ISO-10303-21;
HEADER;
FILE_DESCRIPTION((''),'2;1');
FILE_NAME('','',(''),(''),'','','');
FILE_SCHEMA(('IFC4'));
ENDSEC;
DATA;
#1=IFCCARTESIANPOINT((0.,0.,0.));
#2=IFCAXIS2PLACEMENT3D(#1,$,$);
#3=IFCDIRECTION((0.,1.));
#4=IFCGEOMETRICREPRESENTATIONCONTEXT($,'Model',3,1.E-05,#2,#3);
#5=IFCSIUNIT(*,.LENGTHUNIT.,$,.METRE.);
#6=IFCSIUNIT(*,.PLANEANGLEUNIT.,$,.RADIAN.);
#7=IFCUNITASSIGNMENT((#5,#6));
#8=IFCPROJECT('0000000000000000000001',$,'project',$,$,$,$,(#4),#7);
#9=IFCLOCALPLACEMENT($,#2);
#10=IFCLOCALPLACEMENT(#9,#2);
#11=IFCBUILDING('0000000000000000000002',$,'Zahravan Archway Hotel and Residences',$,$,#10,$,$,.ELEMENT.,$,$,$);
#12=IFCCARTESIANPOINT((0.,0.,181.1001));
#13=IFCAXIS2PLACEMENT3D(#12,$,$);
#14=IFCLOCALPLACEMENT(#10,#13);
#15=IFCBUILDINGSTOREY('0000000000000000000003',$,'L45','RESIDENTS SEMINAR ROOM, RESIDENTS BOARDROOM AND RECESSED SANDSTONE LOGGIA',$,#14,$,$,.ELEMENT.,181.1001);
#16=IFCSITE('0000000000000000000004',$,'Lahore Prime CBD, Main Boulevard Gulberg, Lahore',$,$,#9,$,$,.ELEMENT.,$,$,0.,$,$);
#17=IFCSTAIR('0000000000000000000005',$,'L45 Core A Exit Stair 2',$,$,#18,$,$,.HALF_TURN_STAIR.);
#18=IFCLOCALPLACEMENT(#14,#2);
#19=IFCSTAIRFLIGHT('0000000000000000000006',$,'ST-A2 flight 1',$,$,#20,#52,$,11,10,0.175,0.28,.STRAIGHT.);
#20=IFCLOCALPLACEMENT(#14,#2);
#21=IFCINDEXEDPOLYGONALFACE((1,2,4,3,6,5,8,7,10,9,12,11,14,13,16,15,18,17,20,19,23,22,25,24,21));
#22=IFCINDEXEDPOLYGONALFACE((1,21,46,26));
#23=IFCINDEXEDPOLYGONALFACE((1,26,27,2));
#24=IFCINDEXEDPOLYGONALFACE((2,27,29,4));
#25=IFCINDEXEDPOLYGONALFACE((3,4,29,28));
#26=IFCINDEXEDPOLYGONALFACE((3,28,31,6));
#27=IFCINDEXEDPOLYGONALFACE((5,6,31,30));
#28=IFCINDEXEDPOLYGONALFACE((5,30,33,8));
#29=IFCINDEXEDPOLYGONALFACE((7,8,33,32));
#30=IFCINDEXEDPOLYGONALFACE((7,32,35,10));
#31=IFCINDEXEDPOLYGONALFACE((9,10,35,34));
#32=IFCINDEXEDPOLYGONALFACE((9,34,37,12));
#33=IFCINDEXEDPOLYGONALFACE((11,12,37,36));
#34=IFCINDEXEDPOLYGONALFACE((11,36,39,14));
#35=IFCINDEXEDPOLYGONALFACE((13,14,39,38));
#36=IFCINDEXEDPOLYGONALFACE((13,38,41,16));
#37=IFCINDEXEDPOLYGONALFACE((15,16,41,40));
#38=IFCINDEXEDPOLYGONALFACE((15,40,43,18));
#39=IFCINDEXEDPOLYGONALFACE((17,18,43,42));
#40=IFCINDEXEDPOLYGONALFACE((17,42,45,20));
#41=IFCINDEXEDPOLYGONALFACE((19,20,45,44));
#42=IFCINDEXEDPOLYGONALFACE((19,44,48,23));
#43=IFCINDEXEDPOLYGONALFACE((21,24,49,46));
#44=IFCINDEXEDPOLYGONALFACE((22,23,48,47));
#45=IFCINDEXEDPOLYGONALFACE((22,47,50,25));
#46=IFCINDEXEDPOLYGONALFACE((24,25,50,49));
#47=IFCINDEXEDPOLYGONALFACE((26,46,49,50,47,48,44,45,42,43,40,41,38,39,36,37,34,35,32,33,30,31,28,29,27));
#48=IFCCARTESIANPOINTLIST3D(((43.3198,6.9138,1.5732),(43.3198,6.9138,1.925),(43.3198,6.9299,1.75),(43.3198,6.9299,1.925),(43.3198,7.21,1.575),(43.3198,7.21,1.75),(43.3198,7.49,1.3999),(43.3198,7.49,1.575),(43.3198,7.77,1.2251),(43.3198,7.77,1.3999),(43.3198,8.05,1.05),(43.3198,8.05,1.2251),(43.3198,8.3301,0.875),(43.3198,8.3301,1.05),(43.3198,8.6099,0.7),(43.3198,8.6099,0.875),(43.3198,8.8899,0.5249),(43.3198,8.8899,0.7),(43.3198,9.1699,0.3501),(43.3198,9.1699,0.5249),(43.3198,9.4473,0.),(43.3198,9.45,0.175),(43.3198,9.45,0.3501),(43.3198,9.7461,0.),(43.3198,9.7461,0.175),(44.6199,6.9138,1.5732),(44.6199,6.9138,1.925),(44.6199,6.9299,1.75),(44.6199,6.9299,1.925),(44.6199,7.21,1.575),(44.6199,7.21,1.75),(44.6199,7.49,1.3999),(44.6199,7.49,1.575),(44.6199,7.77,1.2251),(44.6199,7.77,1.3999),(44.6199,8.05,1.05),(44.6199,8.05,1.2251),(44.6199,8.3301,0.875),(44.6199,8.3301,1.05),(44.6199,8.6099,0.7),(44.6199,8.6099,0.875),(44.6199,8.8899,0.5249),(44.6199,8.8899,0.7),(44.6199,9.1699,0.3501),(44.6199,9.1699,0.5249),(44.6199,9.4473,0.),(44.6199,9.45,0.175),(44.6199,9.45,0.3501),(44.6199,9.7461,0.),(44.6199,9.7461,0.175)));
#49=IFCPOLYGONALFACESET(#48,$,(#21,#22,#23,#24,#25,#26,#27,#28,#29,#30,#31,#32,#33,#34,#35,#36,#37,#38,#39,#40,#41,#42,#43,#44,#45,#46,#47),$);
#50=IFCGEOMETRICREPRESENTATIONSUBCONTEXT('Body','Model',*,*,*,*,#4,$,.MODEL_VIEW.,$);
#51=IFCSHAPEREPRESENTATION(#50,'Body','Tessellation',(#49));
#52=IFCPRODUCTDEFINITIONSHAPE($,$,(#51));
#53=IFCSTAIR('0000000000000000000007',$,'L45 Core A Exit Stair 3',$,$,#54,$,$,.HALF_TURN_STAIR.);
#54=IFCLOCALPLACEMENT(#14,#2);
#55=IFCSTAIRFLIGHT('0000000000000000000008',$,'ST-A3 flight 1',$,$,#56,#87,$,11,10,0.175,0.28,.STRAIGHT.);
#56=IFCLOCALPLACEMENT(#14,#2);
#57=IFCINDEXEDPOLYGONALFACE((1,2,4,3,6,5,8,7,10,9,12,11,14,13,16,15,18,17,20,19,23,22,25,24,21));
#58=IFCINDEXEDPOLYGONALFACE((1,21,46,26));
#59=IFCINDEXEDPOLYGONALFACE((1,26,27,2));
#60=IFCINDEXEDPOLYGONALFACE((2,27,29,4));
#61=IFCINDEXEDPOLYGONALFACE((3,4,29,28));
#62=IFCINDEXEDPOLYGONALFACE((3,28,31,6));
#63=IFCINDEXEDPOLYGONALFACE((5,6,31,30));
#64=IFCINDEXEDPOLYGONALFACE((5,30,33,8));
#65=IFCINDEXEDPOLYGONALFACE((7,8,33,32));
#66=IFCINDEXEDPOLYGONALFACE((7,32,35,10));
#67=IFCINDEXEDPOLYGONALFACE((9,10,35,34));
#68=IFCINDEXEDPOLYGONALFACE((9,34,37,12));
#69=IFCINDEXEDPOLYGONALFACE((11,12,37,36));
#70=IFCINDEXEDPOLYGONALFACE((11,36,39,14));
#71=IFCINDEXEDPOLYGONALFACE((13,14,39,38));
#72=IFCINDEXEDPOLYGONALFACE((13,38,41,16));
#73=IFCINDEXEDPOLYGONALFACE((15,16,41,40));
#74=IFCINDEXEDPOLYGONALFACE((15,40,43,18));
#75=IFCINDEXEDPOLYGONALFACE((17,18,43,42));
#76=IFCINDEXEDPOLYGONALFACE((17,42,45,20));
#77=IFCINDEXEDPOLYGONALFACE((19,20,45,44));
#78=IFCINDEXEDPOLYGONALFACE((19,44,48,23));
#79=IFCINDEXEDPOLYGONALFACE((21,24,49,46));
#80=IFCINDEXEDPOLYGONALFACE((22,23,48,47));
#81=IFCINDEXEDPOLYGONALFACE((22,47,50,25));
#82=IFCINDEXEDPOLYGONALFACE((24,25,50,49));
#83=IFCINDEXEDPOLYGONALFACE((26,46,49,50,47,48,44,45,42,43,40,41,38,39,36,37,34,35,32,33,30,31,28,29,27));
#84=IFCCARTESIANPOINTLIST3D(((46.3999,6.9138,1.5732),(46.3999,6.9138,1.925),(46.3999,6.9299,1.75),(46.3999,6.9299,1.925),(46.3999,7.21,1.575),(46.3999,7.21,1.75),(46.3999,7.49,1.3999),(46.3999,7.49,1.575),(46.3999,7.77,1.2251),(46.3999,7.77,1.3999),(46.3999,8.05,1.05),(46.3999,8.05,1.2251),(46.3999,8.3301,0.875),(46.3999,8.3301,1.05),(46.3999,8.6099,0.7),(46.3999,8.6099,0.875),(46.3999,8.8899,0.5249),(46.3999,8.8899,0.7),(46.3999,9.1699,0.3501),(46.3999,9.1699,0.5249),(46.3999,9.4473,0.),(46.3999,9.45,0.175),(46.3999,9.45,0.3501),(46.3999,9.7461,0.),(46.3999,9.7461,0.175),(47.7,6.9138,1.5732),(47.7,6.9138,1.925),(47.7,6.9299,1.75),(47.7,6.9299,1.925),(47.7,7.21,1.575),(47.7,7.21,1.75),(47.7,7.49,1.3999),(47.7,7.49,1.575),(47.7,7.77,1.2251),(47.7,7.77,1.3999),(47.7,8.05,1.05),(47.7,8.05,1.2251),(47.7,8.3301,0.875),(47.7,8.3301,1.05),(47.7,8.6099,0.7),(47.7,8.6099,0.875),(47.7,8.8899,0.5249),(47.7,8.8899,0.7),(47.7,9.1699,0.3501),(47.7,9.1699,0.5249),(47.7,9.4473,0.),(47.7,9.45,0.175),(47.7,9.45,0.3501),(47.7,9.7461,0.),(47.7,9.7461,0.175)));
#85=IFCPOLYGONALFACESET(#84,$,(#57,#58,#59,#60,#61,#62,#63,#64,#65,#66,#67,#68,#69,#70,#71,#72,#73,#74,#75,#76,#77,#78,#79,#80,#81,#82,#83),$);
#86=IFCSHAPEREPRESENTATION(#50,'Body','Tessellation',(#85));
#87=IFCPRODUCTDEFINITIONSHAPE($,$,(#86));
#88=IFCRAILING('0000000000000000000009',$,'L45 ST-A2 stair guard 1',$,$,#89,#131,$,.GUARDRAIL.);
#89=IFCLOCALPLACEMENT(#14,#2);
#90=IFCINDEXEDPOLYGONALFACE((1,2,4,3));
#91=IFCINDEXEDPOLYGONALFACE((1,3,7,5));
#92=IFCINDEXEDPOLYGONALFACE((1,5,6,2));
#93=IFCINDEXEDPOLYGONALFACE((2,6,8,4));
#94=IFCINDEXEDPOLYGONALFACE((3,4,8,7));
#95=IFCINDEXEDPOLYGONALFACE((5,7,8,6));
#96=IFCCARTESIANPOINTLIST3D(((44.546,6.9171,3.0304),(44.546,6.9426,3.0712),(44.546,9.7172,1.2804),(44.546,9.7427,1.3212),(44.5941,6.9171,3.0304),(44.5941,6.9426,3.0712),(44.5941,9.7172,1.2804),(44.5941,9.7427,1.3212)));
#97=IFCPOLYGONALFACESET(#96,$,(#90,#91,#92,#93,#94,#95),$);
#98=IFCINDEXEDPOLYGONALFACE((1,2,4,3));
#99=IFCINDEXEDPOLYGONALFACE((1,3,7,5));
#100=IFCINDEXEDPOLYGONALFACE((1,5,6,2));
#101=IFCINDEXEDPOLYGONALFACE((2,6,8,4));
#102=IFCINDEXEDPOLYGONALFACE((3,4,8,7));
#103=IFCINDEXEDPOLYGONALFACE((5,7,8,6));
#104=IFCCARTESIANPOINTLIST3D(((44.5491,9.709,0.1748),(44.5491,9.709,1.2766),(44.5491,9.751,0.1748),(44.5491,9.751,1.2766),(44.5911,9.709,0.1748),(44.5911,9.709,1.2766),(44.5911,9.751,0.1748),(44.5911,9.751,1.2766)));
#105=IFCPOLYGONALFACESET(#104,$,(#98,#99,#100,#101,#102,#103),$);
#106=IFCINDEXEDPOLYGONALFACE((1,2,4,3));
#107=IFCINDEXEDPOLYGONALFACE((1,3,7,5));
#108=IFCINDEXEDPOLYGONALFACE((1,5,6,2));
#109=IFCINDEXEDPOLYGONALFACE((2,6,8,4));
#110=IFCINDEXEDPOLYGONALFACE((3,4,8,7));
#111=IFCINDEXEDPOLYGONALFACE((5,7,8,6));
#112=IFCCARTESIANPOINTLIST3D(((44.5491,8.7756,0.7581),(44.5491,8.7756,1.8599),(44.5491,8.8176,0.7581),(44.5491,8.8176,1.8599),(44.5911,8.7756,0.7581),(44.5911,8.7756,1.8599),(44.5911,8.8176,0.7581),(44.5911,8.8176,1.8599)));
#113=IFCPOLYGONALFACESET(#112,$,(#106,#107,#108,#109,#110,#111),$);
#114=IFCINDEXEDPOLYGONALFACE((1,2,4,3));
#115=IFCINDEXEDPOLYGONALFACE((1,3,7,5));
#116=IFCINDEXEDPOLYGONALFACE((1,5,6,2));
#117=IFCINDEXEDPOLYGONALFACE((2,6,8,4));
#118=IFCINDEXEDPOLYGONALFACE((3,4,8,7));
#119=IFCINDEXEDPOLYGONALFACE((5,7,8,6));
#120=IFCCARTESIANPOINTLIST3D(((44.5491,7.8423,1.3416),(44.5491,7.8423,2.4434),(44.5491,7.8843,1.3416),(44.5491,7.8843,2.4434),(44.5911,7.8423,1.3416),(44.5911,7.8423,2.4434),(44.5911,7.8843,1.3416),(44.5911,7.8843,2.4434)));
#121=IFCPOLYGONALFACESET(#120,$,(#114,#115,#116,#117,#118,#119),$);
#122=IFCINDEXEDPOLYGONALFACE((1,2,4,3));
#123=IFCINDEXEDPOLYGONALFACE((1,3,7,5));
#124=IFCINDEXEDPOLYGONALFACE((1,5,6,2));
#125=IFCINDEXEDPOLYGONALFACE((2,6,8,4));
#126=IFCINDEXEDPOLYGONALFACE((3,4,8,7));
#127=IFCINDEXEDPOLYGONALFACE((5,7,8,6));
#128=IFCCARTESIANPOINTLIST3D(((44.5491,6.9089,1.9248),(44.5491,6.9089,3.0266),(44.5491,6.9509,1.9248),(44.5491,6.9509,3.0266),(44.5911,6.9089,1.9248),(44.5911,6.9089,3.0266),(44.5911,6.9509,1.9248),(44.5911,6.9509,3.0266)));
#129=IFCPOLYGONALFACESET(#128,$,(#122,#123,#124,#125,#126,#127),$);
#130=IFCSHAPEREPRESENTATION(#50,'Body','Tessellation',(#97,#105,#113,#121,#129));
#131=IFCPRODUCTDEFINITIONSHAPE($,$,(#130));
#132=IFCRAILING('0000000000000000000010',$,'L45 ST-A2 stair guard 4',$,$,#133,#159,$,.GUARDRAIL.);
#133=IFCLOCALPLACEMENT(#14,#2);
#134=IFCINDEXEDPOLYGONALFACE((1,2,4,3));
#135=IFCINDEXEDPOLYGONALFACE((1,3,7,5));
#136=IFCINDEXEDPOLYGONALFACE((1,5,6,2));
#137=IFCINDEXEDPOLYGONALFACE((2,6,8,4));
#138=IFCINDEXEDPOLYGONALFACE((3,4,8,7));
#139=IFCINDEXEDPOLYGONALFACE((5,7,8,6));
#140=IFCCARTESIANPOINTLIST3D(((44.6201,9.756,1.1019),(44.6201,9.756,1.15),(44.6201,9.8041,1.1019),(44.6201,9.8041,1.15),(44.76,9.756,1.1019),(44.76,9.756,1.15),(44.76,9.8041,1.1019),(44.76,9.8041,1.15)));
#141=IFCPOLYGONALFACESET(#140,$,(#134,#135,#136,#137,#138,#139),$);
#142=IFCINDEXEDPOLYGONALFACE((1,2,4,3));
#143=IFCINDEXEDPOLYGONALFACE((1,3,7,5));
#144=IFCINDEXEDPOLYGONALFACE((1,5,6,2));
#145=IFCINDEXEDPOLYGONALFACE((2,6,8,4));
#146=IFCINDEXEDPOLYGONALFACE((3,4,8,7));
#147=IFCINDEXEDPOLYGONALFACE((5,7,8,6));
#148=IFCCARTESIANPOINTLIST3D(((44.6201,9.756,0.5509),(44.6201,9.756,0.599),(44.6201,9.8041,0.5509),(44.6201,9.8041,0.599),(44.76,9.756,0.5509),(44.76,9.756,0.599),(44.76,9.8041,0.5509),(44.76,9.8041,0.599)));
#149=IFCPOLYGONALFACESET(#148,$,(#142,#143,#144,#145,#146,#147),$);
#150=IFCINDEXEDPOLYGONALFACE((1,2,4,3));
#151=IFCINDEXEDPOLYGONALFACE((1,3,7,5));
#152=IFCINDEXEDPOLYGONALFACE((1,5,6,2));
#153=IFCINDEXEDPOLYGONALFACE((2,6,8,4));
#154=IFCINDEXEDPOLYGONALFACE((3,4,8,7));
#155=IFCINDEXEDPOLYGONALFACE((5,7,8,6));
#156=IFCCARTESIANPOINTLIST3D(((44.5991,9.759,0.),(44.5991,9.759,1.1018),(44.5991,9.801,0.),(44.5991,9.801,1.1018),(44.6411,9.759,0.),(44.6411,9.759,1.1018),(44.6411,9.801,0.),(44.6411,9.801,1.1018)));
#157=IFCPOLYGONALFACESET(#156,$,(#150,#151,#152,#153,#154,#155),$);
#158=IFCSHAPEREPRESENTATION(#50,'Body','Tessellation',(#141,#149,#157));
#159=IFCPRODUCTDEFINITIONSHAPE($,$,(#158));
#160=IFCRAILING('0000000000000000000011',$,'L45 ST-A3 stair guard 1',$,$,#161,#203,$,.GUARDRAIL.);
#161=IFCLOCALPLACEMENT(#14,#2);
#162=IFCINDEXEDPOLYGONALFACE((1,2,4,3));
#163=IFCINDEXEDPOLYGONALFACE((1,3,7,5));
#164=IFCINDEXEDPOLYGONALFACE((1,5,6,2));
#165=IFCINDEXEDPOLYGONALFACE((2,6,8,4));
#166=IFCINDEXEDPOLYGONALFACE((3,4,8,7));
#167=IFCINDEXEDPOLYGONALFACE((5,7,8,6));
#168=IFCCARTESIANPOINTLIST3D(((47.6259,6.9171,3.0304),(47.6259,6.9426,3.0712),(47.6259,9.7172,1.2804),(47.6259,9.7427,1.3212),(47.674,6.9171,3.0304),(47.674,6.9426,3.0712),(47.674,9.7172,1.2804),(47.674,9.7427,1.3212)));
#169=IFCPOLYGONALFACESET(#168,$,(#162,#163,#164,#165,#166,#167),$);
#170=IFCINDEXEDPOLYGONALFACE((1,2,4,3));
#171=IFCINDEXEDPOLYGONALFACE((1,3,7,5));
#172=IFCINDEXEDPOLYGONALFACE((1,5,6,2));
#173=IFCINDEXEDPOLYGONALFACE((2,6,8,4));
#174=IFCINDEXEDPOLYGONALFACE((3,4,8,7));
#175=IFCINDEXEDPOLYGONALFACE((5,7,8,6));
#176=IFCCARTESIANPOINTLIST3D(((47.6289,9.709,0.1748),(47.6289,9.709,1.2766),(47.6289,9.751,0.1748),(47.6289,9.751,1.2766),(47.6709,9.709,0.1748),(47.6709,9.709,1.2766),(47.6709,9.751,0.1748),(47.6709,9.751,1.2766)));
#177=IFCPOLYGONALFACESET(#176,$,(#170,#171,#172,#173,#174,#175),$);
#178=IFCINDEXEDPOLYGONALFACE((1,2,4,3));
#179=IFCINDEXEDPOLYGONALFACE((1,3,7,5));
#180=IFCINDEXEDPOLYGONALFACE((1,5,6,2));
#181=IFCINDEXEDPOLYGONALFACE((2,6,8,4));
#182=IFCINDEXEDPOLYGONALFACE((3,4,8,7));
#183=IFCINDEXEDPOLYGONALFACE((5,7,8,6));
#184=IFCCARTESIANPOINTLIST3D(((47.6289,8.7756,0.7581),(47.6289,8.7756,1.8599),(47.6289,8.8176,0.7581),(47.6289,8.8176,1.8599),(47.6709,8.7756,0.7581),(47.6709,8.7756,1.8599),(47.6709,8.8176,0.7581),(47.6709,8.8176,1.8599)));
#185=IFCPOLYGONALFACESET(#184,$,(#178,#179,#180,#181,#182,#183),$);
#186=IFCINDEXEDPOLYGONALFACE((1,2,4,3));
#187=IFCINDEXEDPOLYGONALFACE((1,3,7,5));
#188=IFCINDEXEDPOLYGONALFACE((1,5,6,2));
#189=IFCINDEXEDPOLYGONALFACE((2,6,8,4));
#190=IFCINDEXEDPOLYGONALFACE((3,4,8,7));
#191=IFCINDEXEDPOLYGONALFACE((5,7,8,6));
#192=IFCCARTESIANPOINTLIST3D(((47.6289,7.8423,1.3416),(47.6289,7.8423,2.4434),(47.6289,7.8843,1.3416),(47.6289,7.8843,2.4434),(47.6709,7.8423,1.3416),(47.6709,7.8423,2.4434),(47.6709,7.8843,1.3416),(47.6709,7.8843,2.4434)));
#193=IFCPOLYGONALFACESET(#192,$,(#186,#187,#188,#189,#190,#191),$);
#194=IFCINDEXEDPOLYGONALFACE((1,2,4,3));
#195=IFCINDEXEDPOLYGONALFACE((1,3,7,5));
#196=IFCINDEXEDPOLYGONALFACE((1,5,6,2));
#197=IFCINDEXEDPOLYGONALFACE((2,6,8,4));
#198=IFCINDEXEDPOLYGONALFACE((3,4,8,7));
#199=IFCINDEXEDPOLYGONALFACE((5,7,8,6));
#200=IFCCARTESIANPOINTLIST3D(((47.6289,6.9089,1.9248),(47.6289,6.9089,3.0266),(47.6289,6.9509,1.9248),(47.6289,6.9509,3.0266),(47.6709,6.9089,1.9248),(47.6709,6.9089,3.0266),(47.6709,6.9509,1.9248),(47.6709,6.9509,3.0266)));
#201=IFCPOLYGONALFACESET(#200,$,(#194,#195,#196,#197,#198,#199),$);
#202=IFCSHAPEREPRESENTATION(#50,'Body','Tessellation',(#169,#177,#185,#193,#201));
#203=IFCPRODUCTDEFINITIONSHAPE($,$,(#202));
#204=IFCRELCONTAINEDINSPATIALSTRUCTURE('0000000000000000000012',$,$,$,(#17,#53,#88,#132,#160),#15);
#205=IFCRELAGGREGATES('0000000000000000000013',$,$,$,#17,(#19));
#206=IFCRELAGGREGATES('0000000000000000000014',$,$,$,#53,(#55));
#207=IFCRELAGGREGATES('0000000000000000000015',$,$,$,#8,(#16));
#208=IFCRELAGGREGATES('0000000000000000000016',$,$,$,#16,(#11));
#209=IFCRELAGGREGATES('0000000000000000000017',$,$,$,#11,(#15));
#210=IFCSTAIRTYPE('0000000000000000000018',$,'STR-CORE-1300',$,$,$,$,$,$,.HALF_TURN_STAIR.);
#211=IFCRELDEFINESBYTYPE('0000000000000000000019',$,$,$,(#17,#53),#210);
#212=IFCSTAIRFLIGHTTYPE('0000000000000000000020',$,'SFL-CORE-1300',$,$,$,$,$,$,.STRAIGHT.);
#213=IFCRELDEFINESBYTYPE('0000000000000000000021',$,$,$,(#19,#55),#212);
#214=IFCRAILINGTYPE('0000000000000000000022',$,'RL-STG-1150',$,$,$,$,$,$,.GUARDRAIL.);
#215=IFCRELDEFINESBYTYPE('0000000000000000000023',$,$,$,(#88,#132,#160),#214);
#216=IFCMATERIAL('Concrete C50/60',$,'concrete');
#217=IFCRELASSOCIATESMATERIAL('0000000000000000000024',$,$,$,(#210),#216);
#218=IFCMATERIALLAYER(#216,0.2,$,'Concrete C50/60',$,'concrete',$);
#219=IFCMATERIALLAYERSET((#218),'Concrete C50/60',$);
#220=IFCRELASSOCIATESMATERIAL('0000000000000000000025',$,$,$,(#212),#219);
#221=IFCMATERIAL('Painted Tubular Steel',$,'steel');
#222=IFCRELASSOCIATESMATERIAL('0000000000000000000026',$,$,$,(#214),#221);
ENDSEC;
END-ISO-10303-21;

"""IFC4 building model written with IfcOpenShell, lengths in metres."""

from ifc_helpers import new_model, si_unit, direction, frame, origin, origin_2d, place, context, subcontext, project, spatial, polyline, rectangle, outline, extrude, source, transform, mapped, material, layer, layer_set, type_object, element, aggregate, save


model = new_model("IFC4")

# Units and contexts
model_context = context("Model", 3, precision=1e-05, world=origin(), true_north=direction((0.0, 1.0)))
body_context = subcontext(model_context, "Body", "Model", "MODEL_VIEW")
ifc_project = project(units=[si_unit("LENGTHUNIT", "METRE"), si_unit("PLANEANGLEUNIT", "RADIAN")], contexts=[model_context])

# Site, building, storey
site_placement = place(None, origin())
site = spatial("IfcSite", under=ifc_project, at=site_placement, Name="Lahore Prime CBD, Main Boulevard Gulberg, Lahore", CompositionType="ELEMENT", RefElevation=0.0)
building_placement = place(site_placement, origin())
building = spatial("IfcBuilding", under=site, at=building_placement, Name="Zahravan Archway Hotel and Residences", CompositionType="ELEMENT")
storey_placement = place(building_placement, frame((0.0, 0.0, 181.1001)))
storey = spatial("IfcBuildingStorey", under=building, at=storey_placement, Name="L45", Description="RESIDENTS SEMINAR ROOM, RESIDENTS BOARDROOM AND RECESSED SANDSTONE LOGGIA", CompositionType="ELEMENT", Elevation=181.1001)

# Shared definitions
ifc_material_1 = material(Name="Concrete C50/60", Category="concrete")

# Stairs, stair flights
stair_type = type_object("IfcStairType", Name="STR-CORE-1300", PredefinedType="HALF_TURN_STAIR", material=ifc_material_1)
stair_1_placement = place(storey_placement, origin())
stair_1 = element("IfcStair", 1, at=stair_1_placement, inside=storey, type_object=stair_type, Name="L45 Core A Exit Stair 2", PredefinedType="HALF_TURN_STAIR")
ifc_layer_1 = layer(ifc_material_1, 0.2, Name="Concrete C50/60", Category="concrete")
ifc_layer_set_1 = layer_set([ifc_layer_1], Name="Concrete C50/60")
stair_flight_type = type_object("IfcStairFlightType", Name="SFL-CORE-1300", PredefinedType="STRAIGHT", material=ifc_layer_set_1)
shared_shape_1 = source(origin(), body_context, "Body", "SweptSolid", [
    extrude(outline(polyline([(-0.0161, 0.0), (-0.0161, 0.175), (0.28, 0.175), (0.28, 0.3501), (0.5601, 0.3501), (0.5601, 0.5249), (0.8401, 0.5249), (0.8401, 0.7), (1.1201, 0.7), (1.1201, 0.875), (1.3999, 0.875), (1.3999, 1.05), (1.6799, 1.05), (1.6799, 1.2251), (1.96, 1.2251), (1.96, 1.3999), (2.24, 1.3999), (2.24, 1.575), (2.52, 1.575), (2.52, 1.75), (2.8, 1.75), (2.8, 1.925), (2.8162, 1.925), (2.8162, 1.5732), (0.2827, 0.0), (-0.0161, 0.0)])), frame((0.0, 0.6499, 0.0), z_axis=(0.0, -1.0, 0.0), x_axis=(1.0, 0.0, 0.0)), (0.0, 0.0, 1.0), 1.3),
])
stair_flight_1_placement = place(storey_placement, frame((43.97, 9.73, 0.0), z_axis=(0.0, 0.0, 1.0), x_axis=(0.0, -1.0, 0.0)))
stair_flight_1 = element("IfcStairFlight", 2, at=stair_flight_1_placement, type_object=stair_flight_type, Name="ST-A2 flight 1", NumberOfRisers=11, NumberOfTreads=10, PredefinedType="STRAIGHT", RiserHeight=0.175, TreadLength=0.28, context=body_context, shape_type="MappedRepresentation", body=[
    mapped(shared_shape_1, transform((0.0, 0.0, 0.0), scale=1.0)),
])
aggregate(stair_1, [stair_flight_1])
stair_2_placement = place(storey_placement, origin())
stair_2 = element("IfcStair", 3, at=stair_2_placement, inside=storey, type_object=stair_type, Name="L45 Core A Exit Stair 3", PredefinedType="HALF_TURN_STAIR")
stair_flight_2_placement = place(storey_placement, frame((47.05, 9.73, 0.0), z_axis=(0.0, 0.0, 1.0), x_axis=(0.0, -1.0, 0.0)))
stair_flight_2 = element("IfcStairFlight", 4, at=stair_flight_2_placement, type_object=stair_flight_type, Name="ST-A3 flight 1", NumberOfRisers=11, NumberOfTreads=10, PredefinedType="STRAIGHT", RiserHeight=0.175, TreadLength=0.28, context=body_context, shape_type="MappedRepresentation", body=[
    mapped(shared_shape_1, transform((0.0, 0.0, 0.0), scale=1.0)),
])
aggregate(stair_2, [stair_flight_2])

# Railings
ifc_material_2 = material(Name="Painted Tubular Steel", Category="steel")
railing_type_1 = type_object("IfcRailingType", Name="RL-STG-1150", PredefinedType="GUARDRAIL", material=ifc_material_2)
railing_1_placement = place(storey_placement, frame((44.5701, 9.73, 0.1748)))
element("IfcRailing", 5, at=railing_1_placement, inside=storey, type_object=railing_type_1, Name="L45 ST-A2 stair guard 1", PredefinedType="GUARDRAIL", context=body_context, shape_type="SweptSolid", body=[
    extrude(rectangle(XDim=0.0481, YDim=0.0481, at=origin_2d()), frame((0.0, 0.0, 1.126), z_axis=(0.0, -0.848002, 0.529992), x_axis=(1.0, 0.0, 0.0)), (0.0, 0.0, 1.0), 3.302),
    extrude(rectangle(XDim=0.042, YDim=0.042, at=origin_2d()), origin(), (0.0, 0.0, 1.0), 1.1018),
    extrude(rectangle(XDim=0.042, YDim=0.042, at=origin_2d()), frame((0.0, -0.9333, 0.5833)), (0.0, 0.0, 1.0), 1.1018),
    extrude(rectangle(XDim=0.042, YDim=0.042, at=origin_2d()), frame((0.0, -1.8667, 1.1667)), (0.0, 0.0, 1.0), 1.1018),
    extrude(rectangle(XDim=0.042, YDim=0.042, at=origin_2d()), frame((0.0, -2.8, 1.75)), (0.0, 0.0, 1.0), 1.1018),
])
railing_2_placement = place(storey_placement, frame((44.6201, 9.78, 0.0)))
element("IfcRailing", 6, at=railing_2_placement, inside=storey, type_object=railing_type_1, Name="L45 ST-A2 stair guard 4", PredefinedType="GUARDRAIL", context=body_context, shape_type="SweptSolid", body=[
    extrude(rectangle(XDim=0.0481, YDim=0.0481, at=origin_2d()), frame((0.0, 0.0, 1.126), z_axis=(1.0, 0.0, 0.0), x_axis=(0.0, 1.0, 0.0)), (0.0, 0.0, 1.0), 0.1399),
    extrude(rectangle(XDim=0.0481, YDim=0.0481, at=origin_2d()), frame((0.0, 0.0, 0.575), z_axis=(1.0, 0.0, 0.0), x_axis=(0.0, 1.0, 0.0)), (0.0, 0.0, 1.0), 0.1399),
    extrude(rectangle(XDim=0.042, YDim=0.042, at=origin_2d()), origin(), (0.0, 0.0, 1.0), 1.1018),
])
railing_3_placement = place(storey_placement, frame((47.6499, 9.73, 0.1748)))
element("IfcRailing", 7, at=railing_3_placement, inside=storey, type_object=railing_type_1, Name="L45 ST-A3 stair guard 1", PredefinedType="GUARDRAIL", context=body_context, shape_type="SweptSolid", body=[
    extrude(rectangle(XDim=0.0481, YDim=0.0481, at=origin_2d()), frame((0.0, 0.0, 1.126), z_axis=(0.0, -0.848002, 0.529992), x_axis=(1.0, 0.0, 0.0)), (0.0, 0.0, 1.0), 3.302),
    extrude(rectangle(XDim=0.042, YDim=0.042, at=origin_2d()), origin(), (0.0, 0.0, 1.0), 1.1018),
    extrude(rectangle(XDim=0.042, YDim=0.042, at=origin_2d()), frame((0.0, -0.9333, 0.5833)), (0.0, 0.0, 1.0), 1.1018),
    extrude(rectangle(XDim=0.042, YDim=0.042, at=origin_2d()), frame((0.0, -1.8667, 1.1667)), (0.0, 0.0, 1.0), 1.1018),
    extrude(rectangle(XDim=0.042, YDim=0.042, at=origin_2d()), frame((0.0, -2.8, 1.75)), (0.0, 0.0, 1.0), 1.1018),
])

save(model, "model.ifc")
